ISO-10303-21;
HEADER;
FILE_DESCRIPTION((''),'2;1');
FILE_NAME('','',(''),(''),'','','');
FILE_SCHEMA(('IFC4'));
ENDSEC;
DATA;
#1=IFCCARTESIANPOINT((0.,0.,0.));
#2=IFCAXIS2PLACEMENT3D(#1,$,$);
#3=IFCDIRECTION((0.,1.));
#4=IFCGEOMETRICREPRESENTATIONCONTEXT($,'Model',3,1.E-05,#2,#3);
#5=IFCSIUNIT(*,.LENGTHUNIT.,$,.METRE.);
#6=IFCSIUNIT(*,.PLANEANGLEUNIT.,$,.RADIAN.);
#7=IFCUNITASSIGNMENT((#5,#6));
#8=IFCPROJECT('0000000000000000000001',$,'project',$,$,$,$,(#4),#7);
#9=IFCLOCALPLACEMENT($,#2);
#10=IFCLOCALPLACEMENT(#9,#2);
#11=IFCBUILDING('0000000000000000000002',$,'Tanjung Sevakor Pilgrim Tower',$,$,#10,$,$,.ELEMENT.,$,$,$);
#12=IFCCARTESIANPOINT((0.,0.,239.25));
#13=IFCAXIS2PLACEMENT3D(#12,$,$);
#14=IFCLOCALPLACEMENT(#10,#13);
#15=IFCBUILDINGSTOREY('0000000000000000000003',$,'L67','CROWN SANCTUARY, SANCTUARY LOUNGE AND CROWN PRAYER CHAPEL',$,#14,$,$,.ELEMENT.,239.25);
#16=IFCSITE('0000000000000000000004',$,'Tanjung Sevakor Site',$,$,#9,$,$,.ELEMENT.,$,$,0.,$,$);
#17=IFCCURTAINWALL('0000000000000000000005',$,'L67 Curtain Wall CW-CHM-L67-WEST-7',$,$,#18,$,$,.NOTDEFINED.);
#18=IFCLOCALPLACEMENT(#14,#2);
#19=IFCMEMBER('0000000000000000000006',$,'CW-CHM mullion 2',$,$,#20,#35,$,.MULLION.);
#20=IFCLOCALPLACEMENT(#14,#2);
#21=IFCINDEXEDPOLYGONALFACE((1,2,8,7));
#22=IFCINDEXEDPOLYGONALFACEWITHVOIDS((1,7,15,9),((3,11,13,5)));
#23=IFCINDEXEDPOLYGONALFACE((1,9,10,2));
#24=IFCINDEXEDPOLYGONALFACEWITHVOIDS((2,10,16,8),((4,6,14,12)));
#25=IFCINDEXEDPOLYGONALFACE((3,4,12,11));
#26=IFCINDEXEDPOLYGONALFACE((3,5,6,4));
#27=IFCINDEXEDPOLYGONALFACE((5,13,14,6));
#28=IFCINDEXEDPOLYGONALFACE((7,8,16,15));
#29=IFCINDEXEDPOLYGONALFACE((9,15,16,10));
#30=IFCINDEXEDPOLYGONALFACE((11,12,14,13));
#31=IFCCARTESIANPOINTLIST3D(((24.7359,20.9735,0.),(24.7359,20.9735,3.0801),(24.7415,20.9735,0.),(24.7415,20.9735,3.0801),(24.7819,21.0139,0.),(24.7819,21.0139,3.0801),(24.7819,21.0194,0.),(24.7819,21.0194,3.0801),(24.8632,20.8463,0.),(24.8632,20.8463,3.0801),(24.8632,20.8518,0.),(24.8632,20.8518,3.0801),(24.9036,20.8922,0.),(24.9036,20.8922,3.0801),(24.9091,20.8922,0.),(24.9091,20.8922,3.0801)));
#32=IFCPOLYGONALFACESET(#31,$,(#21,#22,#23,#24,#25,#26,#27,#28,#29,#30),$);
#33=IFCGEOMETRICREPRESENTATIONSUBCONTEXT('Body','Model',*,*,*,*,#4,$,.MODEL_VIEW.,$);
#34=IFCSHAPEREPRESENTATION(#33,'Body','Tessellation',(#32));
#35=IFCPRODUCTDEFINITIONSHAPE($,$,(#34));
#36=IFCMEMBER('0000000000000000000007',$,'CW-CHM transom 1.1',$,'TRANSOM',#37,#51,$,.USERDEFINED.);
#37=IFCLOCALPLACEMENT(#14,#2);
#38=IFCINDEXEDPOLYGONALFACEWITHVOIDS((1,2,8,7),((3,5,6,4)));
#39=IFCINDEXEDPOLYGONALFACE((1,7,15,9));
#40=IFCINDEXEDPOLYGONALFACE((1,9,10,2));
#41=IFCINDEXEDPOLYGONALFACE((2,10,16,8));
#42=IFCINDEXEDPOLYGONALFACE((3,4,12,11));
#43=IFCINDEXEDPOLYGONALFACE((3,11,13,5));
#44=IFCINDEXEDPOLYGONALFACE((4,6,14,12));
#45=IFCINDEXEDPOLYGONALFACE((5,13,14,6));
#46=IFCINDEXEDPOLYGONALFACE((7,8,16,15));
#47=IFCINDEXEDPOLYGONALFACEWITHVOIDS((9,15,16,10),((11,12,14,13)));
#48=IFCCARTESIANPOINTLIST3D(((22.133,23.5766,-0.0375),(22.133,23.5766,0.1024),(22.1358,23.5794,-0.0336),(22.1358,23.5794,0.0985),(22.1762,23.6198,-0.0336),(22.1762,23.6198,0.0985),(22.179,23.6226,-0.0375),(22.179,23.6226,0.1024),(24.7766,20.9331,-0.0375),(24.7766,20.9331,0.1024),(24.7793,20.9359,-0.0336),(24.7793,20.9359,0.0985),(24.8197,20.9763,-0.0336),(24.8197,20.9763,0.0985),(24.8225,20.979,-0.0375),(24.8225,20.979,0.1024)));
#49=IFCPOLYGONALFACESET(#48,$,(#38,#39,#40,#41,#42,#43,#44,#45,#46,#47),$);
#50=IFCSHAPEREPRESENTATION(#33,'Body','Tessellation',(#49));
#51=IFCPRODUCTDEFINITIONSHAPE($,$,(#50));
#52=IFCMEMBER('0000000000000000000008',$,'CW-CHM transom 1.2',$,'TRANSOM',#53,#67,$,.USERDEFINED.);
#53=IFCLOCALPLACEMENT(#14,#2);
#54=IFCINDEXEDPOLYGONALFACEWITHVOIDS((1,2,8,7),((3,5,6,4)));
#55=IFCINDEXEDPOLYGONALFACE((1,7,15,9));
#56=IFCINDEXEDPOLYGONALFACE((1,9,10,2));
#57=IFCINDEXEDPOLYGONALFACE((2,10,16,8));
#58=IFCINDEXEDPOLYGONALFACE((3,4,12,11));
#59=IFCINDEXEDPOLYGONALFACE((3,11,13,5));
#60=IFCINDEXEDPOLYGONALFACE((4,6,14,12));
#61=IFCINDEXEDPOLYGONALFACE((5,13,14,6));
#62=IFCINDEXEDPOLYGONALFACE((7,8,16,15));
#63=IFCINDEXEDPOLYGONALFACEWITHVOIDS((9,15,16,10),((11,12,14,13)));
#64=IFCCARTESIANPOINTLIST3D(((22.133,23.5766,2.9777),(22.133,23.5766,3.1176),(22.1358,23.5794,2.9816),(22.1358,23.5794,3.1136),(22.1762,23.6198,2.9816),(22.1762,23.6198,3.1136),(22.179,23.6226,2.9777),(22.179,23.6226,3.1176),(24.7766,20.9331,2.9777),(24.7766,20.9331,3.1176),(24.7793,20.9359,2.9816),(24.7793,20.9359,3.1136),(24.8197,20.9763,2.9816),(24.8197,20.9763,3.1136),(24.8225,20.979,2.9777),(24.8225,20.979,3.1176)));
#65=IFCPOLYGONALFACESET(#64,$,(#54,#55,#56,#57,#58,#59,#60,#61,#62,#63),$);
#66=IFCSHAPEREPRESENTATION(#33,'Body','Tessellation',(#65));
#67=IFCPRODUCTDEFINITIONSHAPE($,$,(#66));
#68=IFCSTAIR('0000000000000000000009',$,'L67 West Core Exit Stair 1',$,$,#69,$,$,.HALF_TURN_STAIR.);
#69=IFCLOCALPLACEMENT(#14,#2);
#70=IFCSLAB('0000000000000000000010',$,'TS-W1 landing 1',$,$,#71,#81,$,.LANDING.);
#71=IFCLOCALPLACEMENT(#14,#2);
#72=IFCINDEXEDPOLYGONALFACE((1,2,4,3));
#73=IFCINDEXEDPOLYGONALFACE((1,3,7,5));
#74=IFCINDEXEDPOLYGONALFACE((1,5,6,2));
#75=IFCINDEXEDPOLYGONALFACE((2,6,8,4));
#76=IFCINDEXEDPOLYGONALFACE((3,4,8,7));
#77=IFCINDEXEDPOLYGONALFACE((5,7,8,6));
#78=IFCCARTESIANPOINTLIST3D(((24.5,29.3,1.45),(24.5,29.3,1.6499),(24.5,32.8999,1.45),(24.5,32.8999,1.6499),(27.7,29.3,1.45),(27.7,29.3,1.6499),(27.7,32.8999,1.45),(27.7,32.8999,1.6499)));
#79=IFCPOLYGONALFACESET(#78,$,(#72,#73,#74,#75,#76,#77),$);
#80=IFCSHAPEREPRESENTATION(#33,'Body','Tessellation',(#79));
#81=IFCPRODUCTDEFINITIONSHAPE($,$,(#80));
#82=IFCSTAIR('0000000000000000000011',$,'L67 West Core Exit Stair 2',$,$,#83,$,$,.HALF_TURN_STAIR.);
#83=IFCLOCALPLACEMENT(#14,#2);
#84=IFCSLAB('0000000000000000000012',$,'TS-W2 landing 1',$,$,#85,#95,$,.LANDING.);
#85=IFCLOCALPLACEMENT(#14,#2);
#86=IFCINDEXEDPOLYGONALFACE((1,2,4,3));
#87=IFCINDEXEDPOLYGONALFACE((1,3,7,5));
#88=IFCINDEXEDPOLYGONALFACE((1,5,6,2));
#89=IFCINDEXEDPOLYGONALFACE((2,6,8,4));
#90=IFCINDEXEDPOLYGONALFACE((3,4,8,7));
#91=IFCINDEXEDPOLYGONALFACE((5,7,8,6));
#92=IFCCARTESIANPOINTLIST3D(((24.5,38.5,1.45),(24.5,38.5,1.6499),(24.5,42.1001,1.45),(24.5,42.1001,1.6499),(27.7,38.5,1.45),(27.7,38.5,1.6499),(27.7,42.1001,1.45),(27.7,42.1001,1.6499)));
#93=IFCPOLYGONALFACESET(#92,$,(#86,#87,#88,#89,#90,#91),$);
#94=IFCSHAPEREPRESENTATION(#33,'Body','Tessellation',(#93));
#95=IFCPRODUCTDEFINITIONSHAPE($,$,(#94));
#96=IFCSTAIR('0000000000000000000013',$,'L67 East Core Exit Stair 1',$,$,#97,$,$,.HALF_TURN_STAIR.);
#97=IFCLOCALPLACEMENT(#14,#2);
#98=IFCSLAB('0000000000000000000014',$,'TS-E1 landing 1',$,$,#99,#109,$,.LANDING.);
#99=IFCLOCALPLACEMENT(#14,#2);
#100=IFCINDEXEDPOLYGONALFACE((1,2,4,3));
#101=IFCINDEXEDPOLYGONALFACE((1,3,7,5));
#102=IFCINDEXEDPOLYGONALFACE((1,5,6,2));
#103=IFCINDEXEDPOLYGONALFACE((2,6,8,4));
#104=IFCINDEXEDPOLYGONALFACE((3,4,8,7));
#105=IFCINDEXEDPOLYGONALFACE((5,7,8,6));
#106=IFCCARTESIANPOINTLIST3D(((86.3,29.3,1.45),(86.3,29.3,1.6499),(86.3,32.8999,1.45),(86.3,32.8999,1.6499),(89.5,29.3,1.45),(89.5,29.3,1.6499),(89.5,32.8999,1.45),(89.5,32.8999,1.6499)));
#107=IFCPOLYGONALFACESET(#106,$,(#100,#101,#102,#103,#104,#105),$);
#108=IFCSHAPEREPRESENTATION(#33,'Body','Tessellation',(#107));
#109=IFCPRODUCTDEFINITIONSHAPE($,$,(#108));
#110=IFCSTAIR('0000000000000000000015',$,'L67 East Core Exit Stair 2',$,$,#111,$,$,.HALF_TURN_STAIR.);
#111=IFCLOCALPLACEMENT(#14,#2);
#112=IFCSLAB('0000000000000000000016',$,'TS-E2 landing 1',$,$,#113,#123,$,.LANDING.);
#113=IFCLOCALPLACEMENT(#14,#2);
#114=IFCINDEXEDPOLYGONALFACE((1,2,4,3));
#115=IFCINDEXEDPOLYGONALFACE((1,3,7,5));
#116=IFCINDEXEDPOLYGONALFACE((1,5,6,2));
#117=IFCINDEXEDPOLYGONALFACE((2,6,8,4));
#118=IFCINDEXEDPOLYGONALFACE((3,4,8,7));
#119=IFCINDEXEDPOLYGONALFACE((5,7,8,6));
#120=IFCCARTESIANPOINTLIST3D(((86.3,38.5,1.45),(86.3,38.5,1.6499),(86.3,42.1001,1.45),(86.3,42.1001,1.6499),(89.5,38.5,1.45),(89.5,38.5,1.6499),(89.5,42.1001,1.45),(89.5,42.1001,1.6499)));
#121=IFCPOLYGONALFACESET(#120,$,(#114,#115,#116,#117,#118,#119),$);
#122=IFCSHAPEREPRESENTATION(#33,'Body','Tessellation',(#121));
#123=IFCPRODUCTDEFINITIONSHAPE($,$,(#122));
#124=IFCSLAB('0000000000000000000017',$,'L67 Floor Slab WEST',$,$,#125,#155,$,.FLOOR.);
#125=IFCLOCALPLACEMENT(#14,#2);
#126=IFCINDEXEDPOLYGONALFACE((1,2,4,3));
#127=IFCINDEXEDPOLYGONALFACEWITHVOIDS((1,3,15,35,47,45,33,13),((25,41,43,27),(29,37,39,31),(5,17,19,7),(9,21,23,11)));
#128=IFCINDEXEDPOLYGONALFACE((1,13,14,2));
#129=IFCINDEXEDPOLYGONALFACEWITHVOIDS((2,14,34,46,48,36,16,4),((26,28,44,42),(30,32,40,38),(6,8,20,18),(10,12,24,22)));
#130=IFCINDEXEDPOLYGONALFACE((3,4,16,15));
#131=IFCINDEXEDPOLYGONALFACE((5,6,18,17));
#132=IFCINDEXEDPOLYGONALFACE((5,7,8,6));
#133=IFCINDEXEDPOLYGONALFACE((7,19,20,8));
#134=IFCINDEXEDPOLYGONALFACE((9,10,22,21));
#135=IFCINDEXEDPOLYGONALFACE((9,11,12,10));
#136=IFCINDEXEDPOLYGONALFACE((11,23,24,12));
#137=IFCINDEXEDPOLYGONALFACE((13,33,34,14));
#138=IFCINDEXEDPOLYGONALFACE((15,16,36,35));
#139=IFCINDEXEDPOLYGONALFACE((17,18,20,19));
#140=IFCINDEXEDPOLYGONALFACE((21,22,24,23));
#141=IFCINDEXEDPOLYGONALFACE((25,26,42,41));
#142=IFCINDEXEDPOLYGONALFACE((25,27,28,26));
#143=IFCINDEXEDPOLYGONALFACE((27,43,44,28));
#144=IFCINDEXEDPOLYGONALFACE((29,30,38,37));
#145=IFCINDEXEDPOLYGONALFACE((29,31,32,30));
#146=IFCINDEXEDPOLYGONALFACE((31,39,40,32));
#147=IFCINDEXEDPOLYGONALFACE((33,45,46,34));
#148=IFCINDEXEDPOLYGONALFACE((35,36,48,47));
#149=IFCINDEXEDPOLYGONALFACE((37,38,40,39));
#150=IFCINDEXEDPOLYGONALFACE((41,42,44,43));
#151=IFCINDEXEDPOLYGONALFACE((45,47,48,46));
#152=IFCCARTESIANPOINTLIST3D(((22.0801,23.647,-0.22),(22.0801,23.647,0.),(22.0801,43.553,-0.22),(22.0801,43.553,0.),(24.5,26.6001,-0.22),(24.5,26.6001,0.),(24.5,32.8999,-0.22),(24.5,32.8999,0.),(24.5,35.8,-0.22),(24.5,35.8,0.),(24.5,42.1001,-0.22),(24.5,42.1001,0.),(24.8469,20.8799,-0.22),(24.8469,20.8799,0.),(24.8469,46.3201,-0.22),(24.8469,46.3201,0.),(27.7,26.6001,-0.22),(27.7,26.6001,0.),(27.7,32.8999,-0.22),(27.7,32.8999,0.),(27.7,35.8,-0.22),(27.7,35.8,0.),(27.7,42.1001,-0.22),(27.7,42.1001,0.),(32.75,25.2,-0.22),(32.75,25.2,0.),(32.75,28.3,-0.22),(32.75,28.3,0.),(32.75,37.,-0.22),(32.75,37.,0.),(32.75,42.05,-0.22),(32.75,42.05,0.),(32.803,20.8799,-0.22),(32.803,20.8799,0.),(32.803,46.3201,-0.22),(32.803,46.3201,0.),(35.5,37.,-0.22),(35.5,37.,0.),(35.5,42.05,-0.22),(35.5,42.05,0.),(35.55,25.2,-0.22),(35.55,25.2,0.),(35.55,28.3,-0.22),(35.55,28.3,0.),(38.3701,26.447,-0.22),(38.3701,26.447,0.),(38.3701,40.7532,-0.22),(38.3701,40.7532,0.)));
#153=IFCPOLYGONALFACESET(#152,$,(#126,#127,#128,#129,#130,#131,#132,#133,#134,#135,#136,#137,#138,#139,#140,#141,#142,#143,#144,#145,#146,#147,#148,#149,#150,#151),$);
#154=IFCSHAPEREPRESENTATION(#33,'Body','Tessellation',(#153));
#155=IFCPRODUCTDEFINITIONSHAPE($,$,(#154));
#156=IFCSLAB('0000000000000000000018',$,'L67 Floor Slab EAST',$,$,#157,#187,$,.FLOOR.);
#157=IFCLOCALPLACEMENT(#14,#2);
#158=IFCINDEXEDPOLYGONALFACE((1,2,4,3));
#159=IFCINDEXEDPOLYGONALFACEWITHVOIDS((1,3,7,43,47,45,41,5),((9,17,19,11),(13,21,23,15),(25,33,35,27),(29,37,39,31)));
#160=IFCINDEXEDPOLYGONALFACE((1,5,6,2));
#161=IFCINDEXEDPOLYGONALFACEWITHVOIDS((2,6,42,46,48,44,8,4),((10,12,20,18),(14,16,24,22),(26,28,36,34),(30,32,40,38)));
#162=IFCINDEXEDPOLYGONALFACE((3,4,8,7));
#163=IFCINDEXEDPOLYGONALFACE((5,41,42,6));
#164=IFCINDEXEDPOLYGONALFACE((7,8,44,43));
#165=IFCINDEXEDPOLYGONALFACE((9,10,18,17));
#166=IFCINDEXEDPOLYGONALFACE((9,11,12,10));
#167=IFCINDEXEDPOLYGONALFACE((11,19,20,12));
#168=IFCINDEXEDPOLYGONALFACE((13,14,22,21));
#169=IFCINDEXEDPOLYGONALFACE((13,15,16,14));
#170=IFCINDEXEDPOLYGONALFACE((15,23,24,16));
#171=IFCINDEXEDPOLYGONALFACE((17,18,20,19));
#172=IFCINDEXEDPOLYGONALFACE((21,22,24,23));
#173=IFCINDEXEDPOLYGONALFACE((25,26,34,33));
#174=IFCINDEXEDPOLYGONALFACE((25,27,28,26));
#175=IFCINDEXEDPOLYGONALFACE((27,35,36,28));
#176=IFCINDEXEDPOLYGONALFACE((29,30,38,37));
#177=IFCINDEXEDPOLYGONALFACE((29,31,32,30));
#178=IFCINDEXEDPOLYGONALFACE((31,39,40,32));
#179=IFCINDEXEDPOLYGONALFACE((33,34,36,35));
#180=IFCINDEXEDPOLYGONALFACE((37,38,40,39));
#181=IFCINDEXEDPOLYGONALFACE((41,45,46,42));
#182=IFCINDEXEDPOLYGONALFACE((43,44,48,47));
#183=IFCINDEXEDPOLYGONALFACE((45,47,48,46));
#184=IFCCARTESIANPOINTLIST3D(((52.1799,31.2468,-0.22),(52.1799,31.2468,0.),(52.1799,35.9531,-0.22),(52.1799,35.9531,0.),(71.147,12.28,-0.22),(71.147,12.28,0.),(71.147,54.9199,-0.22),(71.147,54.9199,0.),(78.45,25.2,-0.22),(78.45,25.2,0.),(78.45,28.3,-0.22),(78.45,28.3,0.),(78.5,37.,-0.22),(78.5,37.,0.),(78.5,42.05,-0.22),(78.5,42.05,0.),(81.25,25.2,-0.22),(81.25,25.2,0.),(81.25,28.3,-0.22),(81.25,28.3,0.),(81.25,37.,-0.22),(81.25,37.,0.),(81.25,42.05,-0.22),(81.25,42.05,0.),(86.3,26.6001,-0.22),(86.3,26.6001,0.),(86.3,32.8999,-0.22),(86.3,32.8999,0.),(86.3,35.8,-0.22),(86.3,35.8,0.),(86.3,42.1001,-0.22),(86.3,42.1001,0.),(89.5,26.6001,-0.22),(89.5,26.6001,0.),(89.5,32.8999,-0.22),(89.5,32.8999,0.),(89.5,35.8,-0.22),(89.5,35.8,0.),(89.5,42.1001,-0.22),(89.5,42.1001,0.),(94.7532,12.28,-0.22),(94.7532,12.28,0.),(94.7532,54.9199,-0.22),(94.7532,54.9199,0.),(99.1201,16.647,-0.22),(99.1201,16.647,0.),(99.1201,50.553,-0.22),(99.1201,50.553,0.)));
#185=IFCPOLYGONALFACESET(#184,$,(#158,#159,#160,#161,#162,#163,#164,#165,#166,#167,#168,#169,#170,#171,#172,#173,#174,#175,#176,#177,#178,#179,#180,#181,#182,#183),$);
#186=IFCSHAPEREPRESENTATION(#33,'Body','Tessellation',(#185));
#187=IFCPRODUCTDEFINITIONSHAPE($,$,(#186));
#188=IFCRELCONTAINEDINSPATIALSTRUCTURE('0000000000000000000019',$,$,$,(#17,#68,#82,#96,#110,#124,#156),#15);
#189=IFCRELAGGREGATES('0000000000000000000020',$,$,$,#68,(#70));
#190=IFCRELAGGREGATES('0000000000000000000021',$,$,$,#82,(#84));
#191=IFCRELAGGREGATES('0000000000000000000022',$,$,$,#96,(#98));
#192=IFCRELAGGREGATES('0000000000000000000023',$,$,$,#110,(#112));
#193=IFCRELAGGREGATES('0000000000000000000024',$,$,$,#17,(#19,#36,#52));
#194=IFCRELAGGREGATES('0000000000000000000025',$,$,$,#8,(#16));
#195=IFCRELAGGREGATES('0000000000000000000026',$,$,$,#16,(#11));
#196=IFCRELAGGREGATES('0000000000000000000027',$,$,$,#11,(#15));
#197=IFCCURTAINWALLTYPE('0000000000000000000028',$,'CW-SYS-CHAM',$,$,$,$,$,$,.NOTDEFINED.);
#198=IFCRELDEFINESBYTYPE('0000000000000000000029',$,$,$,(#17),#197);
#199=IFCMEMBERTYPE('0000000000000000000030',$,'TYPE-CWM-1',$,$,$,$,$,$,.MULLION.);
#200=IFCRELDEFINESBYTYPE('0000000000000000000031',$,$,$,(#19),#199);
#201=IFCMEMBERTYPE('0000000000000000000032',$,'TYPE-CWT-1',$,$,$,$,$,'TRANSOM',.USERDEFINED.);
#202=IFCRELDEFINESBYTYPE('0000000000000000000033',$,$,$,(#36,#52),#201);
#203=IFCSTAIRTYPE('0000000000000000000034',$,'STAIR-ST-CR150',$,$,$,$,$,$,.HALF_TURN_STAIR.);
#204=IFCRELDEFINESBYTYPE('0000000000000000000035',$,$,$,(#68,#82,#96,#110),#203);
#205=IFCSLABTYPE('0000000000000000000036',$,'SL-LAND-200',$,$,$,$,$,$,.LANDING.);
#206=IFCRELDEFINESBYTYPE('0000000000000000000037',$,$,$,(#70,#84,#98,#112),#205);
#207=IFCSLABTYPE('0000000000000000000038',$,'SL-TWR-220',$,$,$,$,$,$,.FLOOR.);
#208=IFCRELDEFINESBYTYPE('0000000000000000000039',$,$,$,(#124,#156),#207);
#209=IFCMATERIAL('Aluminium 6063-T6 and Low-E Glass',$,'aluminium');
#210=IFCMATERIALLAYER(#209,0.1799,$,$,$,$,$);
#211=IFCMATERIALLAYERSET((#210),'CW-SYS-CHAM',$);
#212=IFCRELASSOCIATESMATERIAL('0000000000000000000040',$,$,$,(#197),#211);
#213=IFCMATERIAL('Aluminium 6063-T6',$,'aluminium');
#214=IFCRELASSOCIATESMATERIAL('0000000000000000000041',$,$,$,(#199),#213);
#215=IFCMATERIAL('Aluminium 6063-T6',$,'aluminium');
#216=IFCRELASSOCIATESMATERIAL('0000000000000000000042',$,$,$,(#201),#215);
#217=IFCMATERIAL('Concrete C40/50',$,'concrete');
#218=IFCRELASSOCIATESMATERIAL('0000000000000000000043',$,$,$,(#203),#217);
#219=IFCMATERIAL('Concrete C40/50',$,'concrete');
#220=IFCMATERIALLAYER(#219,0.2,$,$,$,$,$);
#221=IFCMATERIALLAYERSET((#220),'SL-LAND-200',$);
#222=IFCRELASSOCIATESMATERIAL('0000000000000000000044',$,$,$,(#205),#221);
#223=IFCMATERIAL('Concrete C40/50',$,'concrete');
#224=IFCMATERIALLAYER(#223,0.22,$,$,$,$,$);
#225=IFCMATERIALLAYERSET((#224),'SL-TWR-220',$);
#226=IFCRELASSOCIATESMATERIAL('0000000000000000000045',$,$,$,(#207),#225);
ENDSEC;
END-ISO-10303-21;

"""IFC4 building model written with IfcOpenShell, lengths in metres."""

from ifc_helpers import new_model, si_unit, direction, frame, origin, origin_2d, place, context, subcontext, project, spatial, polyline, hollow_rectangle, outline, extrude, material, layer, layer_set, material_profile, profile_set, type_object, element, aggregate, save


model = new_model("IFC4")

# Units and contexts
model_context = context("Model", 3, precision=1e-05, world=origin(), true_north=direction((0.0, 1.0)))
body_context = subcontext(model_context, "Body", "Model", "MODEL_VIEW")
ifc_project = project(units=[si_unit("LENGTHUNIT", "METRE"), si_unit("PLANEANGLEUNIT", "RADIAN")], contexts=[model_context])

# Site, building, storey
site_placement = place(None, origin())
site = spatial("IfcSite", under=ifc_project, at=site_placement, Name="Tanjung Sevakor Site", CompositionType="ELEMENT", RefElevation=0.0)
building_placement = place(site_placement, origin())
building = spatial("IfcBuilding", under=site, at=building_placement, Name="Tanjung Sevakor Pilgrim Tower", CompositionType="ELEMENT")
storey_placement = place(building_placement, frame((0.0, 0.0, 239.25)))
storey = spatial("IfcBuildingStorey", under=building, at=storey_placement, Name="L67", Description="CROWN SANCTUARY, SANCTUARY LOUNGE AND CROWN PRAYER CHAPEL", CompositionType="ELEMENT", Elevation=239.25)

# Curtain wall, members
ifc_material_1 = material(Name="Aluminium 6063-T6 and Low-E Glass", Category="aluminium")
ifc_layer_1 = layer(ifc_material_1, 0.1799)
ifc_layer_set_1 = layer_set([ifc_layer_1], Name="CW-SYS-CHAM")
curtain_wall_type = type_object("IfcCurtainWallType", Name="CW-SYS-CHAM", PredefinedType="NOTDEFINED", material=ifc_layer_set_1)
curtain_wall_placement = place(storey_placement, origin())
curtain_wall = element("IfcCurtainWall", 1, at=curtain_wall_placement, inside=storey, type_object=curtain_wall_type, Name="L67 Curtain Wall CW-CHM-L67-WEST-7", PredefinedType="NOTDEFINED")
ifc_material_2 = material(Name="Aluminium 6063-T6", Category="aluminium")
ifc_material_profile_1 = material_profile(ifc_material_2, hollow_rectangle(XDim=0.0649, YDim=0.1799, WallThickness=0.0039, at=origin_2d()))
ifc_profile_set_1 = profile_set([ifc_material_profile_1], Name="Aluminium 6063-T6")
member_type_1 = type_object("IfcMemberType", Name="TYPE-CWM-1", PredefinedType="MULLION", material=ifc_profile_set_1)
member_1_placement = place(storey_placement, frame((24.8225, 20.9329, 0.0), z_axis=(0.0, 0.0, 1.0), x_axis=(0.707107, 0.707107, 0.0)))
member_1 = element("IfcMember", 2, at=member_1_placement, type_object=member_type_1, Name="CW-CHM mullion 2", PredefinedType="MULLION", context=body_context, shape_type="SweptSolid", body=[
    extrude(hollow_rectangle(XDim=0.0649, YDim=0.1799, WallThickness=0.0039, at=origin_2d()), origin(), (0.0, 0.0, 1.0), 3.0801),
])
ifc_material_3 = material(Name="Aluminium 6063-T6", Category="aluminium")
ifc_material_profile_2 = material_profile(ifc_material_3, hollow_rectangle(XDim=0.0649, YDim=0.1399, WallThickness=0.0039, at=origin_2d()))
ifc_profile_set_2 = profile_set([ifc_material_profile_2], Name="Aluminium 6063-T6")
member_type_2 = type_object("IfcMemberType", Name="TYPE-CWT-1", ElementType="TRANSOM", PredefinedType="USERDEFINED", material=ifc_profile_set_2)
member_2_placement = place(storey_placement, frame((22.156, 23.5996, 0.0325), z_axis=(0.707107, -0.707107, 0.0), x_axis=(0.707107, 0.707107, 0.0)))
member_2 = element("IfcMember", 3, at=member_2_placement, type_object=member_type_2, Name="CW-CHM transom 1.1", ObjectType="TRANSOM", PredefinedType="USERDEFINED", context=body_context, shape_type="SweptSolid", body=[
    extrude(hollow_rectangle(XDim=0.0649, YDim=0.1399, WallThickness=0.0039, at=origin_2d()), origin(), (0.0, 0.0, 1.0), 3.7385),
])
member_3_placement = place(storey_placement, frame((22.156, 23.5996, 3.0476), z_axis=(0.707107, -0.707107, 0.0), x_axis=(0.707107, 0.707107, 0.0)))
member_3 = element("IfcMember", 4, at=member_3_placement, type_object=member_type_2, Name="CW-CHM transom 1.2", ObjectType="TRANSOM", PredefinedType="USERDEFINED", context=body_context, shape_type="SweptSolid", body=[
    extrude(hollow_rectangle(XDim=0.0649, YDim=0.1399, WallThickness=0.0039, at=origin_2d()), origin(), (0.0, 0.0, 1.0), 3.7385),
])

# Stairs, slabs
ifc_material_4 = material(Name="Concrete C40/50", Category="concrete")
stair_type = type_object("IfcStairType", Name="STAIR-ST-CR150", PredefinedType="HALF_TURN_STAIR", material=ifc_material_4)
stair_1_placement = place(storey_placement, origin())
stair_1 = element("IfcStair", 5, at=stair_1_placement, inside=storey, type_object=stair_type, Name="L67 West Core Exit Stair 1", PredefinedType="HALF_TURN_STAIR")
ifc_material_5 = material(Name="Concrete C40/50", Category="concrete")
ifc_layer_2 = layer(ifc_material_5, 0.2)
ifc_layer_set_2 = layer_set([ifc_layer_2], Name="SL-LAND-200")
slab_type_1 = type_object("IfcSlabType", Name="SL-LAND-200", PredefinedType="LANDING", material=ifc_layer_set_2)
slab_1_placement = place(storey_placement, frame((0.0, 0.0, 1.45)))
slab_1 = element("IfcSlab", 6, at=slab_1_placement, type_object=slab_type_1, Name="TS-W1 landing 1", PredefinedType="LANDING", context=body_context, shape_type="SweptSolid", body=[
    extrude(outline(polyline([(27.7, 29.3), (27.7, 32.8999), (24.5, 32.8999), (24.5, 29.3), (27.7, 29.3)])), origin(), (0.0, 0.0, 1.0), 0.2),
])
aggregate(stair_1, [slab_1])
stair_2_placement = place(storey_placement, origin())
stair_2 = element("IfcStair", 7, at=stair_2_placement, inside=storey, type_object=stair_type, Name="L67 West Core Exit Stair 2", PredefinedType="HALF_TURN_STAIR")
slab_2_placement = place(storey_placement, frame((0.0, 0.0, 1.45)))
slab_2 = element("IfcSlab", 8, at=slab_2_placement, type_object=slab_type_1, Name="TS-W2 landing 1", PredefinedType="LANDING", context=body_context, shape_type="SweptSolid", body=[
    extrude(outline(polyline([(27.7, 38.5), (27.7, 42.1001), (24.5, 42.1001), (24.5, 38.5), (27.7, 38.5)])), origin(), (0.0, 0.0, 1.0), 0.2),
])
aggregate(stair_2, [slab_2])
stair_3_placement = place(storey_placement, origin())
stair_3 = element("IfcStair", 9, at=stair_3_placement, inside=storey, type_object=stair_type, Name="L67 East Core Exit Stair 1", PredefinedType="HALF_TURN_STAIR")
slab_3_placement = place(storey_placement, frame((0.0, 0.0, 1.45)))
slab_3 = element("IfcSlab", 10, at=slab_3_placement, type_object=slab_type_1, Name="TS-E1 landing 1", PredefinedType="LANDING", context=body_context, shape_type="SweptSolid", body=[
    extrude(outline(polyline([(89.5, 29.3), (89.5, 32.8999), (86.3, 32.8999), (86.3, 29.3), (89.5, 29.3)])), origin(), (0.0, 0.0, 1.0), 0.2),
])
aggregate(stair_3, [slab_3])
stair_4_placement = place(storey_placement, origin())
stair_4 = element("IfcStair", 11, at=stair_4_placement, inside=storey, type_object=stair_type, Name="L67 East Core Exit Stair 2", PredefinedType="HALF_TURN_STAIR")
slab_4_placement = place(storey_placement, frame((0.0, 0.0, 1.45)))
slab_4 = element("IfcSlab", 12, at=slab_4_placement, type_object=slab_type_1, Name="TS-E2 landing 1", PredefinedType="LANDING", context=body_context, shape_type="SweptSolid", body=[
    extrude(outline(polyline([(89.5, 38.5), (89.5, 42.1001), (86.3, 42.1001), (86.3, 38.5), (89.5, 38.5)])), origin(), (0.0, 0.0, 1.0), 0.2),
])
aggregate(stair_4, [slab_4])

# Slabs
ifc_material_6 = material(Name="Concrete C40/50", Category="concrete")
ifc_layer_3 = layer(ifc_material_6, 0.22)
ifc_layer_set_3 = layer_set([ifc_layer_3], Name="SL-TWR-220")
slab_type_2 = type_object("IfcSlabType", Name="SL-TWR-220", PredefinedType="FLOOR", material=ifc_layer_set_3)
slab_5_placement = place(storey_placement, frame((0.0, 0.0, -0.22)))
element("IfcSlab", 13, at=slab_5_placement, inside=storey, type_object=slab_type_2, Name="L67 Floor Slab WEST", PredefinedType="FLOOR", context=body_context, shape_type="SweptSolid", body=[
    extrude(outline(polyline([(24.8469, 20.8799), (32.803, 20.8799), (38.3701, 26.447), (38.3701, 40.7532), (32.803, 46.3201), (24.8469, 46.3201), (22.0801, 43.553), (22.0801, 23.647), (24.8469, 20.8799)]), holes=[polyline([(27.7, 26.6001), (27.7, 32.8999), (24.5, 32.8999), (24.5, 26.6001), (27.7, 26.6001)]), polyline([(27.7, 35.8), (27.7, 42.1001), (24.5, 42.1001), (24.5, 35.8), (27.7, 35.8)]), polyline([(32.75, 25.2), (35.55, 25.2), (35.55, 28.3), (32.75, 28.3), (32.75, 25.2)]), polyline([(32.75, 37.0), (35.5, 37.0), (35.5, 42.05), (32.75, 42.05), (32.75, 37.0)])]), origin(), (0.0, 0.0, 1.0), 0.22),
])
slab_6_placement = place(storey_placement, frame((0.0, 0.0, -0.22)))
element("IfcSlab", 14, at=slab_6_placement, inside=storey, type_object=slab_type_2, Name="L67 Floor Slab EAST", PredefinedType="FLOOR", context=body_context, shape_type="SweptSolid", body=[
    extrude(outline(polyline([(71.147, 12.28), (94.7532, 12.28), (99.1201, 16.647), (99.1201, 50.553), (94.7532, 54.9199), (71.147, 54.9199), (52.1799, 35.9531), (52.1799, 31.2468), (71.147, 12.28)]), holes=[polyline([(89.5, 26.6001), (89.5, 32.8999), (86.3, 32.8999), (86.3, 26.6001), (89.5, 26.6001)]), polyline([(89.5, 35.8), (89.5, 42.1001), (86.3, 42.1001), (86.3, 35.8), (89.5, 35.8)]), polyline([(78.45, 25.2), (81.25, 25.2), (81.25, 28.3), (78.45, 28.3), (78.45, 25.2)]), polyline([(78.5, 37.0), (81.25, 37.0), (81.25, 42.05), (78.5, 42.05), (78.5, 37.0)])]), origin(), (0.0, 0.0, 1.0), 0.22),
])

aggregate(curtain_wall, [member_1, member_2, member_3])

save(model, "model.ifc")
